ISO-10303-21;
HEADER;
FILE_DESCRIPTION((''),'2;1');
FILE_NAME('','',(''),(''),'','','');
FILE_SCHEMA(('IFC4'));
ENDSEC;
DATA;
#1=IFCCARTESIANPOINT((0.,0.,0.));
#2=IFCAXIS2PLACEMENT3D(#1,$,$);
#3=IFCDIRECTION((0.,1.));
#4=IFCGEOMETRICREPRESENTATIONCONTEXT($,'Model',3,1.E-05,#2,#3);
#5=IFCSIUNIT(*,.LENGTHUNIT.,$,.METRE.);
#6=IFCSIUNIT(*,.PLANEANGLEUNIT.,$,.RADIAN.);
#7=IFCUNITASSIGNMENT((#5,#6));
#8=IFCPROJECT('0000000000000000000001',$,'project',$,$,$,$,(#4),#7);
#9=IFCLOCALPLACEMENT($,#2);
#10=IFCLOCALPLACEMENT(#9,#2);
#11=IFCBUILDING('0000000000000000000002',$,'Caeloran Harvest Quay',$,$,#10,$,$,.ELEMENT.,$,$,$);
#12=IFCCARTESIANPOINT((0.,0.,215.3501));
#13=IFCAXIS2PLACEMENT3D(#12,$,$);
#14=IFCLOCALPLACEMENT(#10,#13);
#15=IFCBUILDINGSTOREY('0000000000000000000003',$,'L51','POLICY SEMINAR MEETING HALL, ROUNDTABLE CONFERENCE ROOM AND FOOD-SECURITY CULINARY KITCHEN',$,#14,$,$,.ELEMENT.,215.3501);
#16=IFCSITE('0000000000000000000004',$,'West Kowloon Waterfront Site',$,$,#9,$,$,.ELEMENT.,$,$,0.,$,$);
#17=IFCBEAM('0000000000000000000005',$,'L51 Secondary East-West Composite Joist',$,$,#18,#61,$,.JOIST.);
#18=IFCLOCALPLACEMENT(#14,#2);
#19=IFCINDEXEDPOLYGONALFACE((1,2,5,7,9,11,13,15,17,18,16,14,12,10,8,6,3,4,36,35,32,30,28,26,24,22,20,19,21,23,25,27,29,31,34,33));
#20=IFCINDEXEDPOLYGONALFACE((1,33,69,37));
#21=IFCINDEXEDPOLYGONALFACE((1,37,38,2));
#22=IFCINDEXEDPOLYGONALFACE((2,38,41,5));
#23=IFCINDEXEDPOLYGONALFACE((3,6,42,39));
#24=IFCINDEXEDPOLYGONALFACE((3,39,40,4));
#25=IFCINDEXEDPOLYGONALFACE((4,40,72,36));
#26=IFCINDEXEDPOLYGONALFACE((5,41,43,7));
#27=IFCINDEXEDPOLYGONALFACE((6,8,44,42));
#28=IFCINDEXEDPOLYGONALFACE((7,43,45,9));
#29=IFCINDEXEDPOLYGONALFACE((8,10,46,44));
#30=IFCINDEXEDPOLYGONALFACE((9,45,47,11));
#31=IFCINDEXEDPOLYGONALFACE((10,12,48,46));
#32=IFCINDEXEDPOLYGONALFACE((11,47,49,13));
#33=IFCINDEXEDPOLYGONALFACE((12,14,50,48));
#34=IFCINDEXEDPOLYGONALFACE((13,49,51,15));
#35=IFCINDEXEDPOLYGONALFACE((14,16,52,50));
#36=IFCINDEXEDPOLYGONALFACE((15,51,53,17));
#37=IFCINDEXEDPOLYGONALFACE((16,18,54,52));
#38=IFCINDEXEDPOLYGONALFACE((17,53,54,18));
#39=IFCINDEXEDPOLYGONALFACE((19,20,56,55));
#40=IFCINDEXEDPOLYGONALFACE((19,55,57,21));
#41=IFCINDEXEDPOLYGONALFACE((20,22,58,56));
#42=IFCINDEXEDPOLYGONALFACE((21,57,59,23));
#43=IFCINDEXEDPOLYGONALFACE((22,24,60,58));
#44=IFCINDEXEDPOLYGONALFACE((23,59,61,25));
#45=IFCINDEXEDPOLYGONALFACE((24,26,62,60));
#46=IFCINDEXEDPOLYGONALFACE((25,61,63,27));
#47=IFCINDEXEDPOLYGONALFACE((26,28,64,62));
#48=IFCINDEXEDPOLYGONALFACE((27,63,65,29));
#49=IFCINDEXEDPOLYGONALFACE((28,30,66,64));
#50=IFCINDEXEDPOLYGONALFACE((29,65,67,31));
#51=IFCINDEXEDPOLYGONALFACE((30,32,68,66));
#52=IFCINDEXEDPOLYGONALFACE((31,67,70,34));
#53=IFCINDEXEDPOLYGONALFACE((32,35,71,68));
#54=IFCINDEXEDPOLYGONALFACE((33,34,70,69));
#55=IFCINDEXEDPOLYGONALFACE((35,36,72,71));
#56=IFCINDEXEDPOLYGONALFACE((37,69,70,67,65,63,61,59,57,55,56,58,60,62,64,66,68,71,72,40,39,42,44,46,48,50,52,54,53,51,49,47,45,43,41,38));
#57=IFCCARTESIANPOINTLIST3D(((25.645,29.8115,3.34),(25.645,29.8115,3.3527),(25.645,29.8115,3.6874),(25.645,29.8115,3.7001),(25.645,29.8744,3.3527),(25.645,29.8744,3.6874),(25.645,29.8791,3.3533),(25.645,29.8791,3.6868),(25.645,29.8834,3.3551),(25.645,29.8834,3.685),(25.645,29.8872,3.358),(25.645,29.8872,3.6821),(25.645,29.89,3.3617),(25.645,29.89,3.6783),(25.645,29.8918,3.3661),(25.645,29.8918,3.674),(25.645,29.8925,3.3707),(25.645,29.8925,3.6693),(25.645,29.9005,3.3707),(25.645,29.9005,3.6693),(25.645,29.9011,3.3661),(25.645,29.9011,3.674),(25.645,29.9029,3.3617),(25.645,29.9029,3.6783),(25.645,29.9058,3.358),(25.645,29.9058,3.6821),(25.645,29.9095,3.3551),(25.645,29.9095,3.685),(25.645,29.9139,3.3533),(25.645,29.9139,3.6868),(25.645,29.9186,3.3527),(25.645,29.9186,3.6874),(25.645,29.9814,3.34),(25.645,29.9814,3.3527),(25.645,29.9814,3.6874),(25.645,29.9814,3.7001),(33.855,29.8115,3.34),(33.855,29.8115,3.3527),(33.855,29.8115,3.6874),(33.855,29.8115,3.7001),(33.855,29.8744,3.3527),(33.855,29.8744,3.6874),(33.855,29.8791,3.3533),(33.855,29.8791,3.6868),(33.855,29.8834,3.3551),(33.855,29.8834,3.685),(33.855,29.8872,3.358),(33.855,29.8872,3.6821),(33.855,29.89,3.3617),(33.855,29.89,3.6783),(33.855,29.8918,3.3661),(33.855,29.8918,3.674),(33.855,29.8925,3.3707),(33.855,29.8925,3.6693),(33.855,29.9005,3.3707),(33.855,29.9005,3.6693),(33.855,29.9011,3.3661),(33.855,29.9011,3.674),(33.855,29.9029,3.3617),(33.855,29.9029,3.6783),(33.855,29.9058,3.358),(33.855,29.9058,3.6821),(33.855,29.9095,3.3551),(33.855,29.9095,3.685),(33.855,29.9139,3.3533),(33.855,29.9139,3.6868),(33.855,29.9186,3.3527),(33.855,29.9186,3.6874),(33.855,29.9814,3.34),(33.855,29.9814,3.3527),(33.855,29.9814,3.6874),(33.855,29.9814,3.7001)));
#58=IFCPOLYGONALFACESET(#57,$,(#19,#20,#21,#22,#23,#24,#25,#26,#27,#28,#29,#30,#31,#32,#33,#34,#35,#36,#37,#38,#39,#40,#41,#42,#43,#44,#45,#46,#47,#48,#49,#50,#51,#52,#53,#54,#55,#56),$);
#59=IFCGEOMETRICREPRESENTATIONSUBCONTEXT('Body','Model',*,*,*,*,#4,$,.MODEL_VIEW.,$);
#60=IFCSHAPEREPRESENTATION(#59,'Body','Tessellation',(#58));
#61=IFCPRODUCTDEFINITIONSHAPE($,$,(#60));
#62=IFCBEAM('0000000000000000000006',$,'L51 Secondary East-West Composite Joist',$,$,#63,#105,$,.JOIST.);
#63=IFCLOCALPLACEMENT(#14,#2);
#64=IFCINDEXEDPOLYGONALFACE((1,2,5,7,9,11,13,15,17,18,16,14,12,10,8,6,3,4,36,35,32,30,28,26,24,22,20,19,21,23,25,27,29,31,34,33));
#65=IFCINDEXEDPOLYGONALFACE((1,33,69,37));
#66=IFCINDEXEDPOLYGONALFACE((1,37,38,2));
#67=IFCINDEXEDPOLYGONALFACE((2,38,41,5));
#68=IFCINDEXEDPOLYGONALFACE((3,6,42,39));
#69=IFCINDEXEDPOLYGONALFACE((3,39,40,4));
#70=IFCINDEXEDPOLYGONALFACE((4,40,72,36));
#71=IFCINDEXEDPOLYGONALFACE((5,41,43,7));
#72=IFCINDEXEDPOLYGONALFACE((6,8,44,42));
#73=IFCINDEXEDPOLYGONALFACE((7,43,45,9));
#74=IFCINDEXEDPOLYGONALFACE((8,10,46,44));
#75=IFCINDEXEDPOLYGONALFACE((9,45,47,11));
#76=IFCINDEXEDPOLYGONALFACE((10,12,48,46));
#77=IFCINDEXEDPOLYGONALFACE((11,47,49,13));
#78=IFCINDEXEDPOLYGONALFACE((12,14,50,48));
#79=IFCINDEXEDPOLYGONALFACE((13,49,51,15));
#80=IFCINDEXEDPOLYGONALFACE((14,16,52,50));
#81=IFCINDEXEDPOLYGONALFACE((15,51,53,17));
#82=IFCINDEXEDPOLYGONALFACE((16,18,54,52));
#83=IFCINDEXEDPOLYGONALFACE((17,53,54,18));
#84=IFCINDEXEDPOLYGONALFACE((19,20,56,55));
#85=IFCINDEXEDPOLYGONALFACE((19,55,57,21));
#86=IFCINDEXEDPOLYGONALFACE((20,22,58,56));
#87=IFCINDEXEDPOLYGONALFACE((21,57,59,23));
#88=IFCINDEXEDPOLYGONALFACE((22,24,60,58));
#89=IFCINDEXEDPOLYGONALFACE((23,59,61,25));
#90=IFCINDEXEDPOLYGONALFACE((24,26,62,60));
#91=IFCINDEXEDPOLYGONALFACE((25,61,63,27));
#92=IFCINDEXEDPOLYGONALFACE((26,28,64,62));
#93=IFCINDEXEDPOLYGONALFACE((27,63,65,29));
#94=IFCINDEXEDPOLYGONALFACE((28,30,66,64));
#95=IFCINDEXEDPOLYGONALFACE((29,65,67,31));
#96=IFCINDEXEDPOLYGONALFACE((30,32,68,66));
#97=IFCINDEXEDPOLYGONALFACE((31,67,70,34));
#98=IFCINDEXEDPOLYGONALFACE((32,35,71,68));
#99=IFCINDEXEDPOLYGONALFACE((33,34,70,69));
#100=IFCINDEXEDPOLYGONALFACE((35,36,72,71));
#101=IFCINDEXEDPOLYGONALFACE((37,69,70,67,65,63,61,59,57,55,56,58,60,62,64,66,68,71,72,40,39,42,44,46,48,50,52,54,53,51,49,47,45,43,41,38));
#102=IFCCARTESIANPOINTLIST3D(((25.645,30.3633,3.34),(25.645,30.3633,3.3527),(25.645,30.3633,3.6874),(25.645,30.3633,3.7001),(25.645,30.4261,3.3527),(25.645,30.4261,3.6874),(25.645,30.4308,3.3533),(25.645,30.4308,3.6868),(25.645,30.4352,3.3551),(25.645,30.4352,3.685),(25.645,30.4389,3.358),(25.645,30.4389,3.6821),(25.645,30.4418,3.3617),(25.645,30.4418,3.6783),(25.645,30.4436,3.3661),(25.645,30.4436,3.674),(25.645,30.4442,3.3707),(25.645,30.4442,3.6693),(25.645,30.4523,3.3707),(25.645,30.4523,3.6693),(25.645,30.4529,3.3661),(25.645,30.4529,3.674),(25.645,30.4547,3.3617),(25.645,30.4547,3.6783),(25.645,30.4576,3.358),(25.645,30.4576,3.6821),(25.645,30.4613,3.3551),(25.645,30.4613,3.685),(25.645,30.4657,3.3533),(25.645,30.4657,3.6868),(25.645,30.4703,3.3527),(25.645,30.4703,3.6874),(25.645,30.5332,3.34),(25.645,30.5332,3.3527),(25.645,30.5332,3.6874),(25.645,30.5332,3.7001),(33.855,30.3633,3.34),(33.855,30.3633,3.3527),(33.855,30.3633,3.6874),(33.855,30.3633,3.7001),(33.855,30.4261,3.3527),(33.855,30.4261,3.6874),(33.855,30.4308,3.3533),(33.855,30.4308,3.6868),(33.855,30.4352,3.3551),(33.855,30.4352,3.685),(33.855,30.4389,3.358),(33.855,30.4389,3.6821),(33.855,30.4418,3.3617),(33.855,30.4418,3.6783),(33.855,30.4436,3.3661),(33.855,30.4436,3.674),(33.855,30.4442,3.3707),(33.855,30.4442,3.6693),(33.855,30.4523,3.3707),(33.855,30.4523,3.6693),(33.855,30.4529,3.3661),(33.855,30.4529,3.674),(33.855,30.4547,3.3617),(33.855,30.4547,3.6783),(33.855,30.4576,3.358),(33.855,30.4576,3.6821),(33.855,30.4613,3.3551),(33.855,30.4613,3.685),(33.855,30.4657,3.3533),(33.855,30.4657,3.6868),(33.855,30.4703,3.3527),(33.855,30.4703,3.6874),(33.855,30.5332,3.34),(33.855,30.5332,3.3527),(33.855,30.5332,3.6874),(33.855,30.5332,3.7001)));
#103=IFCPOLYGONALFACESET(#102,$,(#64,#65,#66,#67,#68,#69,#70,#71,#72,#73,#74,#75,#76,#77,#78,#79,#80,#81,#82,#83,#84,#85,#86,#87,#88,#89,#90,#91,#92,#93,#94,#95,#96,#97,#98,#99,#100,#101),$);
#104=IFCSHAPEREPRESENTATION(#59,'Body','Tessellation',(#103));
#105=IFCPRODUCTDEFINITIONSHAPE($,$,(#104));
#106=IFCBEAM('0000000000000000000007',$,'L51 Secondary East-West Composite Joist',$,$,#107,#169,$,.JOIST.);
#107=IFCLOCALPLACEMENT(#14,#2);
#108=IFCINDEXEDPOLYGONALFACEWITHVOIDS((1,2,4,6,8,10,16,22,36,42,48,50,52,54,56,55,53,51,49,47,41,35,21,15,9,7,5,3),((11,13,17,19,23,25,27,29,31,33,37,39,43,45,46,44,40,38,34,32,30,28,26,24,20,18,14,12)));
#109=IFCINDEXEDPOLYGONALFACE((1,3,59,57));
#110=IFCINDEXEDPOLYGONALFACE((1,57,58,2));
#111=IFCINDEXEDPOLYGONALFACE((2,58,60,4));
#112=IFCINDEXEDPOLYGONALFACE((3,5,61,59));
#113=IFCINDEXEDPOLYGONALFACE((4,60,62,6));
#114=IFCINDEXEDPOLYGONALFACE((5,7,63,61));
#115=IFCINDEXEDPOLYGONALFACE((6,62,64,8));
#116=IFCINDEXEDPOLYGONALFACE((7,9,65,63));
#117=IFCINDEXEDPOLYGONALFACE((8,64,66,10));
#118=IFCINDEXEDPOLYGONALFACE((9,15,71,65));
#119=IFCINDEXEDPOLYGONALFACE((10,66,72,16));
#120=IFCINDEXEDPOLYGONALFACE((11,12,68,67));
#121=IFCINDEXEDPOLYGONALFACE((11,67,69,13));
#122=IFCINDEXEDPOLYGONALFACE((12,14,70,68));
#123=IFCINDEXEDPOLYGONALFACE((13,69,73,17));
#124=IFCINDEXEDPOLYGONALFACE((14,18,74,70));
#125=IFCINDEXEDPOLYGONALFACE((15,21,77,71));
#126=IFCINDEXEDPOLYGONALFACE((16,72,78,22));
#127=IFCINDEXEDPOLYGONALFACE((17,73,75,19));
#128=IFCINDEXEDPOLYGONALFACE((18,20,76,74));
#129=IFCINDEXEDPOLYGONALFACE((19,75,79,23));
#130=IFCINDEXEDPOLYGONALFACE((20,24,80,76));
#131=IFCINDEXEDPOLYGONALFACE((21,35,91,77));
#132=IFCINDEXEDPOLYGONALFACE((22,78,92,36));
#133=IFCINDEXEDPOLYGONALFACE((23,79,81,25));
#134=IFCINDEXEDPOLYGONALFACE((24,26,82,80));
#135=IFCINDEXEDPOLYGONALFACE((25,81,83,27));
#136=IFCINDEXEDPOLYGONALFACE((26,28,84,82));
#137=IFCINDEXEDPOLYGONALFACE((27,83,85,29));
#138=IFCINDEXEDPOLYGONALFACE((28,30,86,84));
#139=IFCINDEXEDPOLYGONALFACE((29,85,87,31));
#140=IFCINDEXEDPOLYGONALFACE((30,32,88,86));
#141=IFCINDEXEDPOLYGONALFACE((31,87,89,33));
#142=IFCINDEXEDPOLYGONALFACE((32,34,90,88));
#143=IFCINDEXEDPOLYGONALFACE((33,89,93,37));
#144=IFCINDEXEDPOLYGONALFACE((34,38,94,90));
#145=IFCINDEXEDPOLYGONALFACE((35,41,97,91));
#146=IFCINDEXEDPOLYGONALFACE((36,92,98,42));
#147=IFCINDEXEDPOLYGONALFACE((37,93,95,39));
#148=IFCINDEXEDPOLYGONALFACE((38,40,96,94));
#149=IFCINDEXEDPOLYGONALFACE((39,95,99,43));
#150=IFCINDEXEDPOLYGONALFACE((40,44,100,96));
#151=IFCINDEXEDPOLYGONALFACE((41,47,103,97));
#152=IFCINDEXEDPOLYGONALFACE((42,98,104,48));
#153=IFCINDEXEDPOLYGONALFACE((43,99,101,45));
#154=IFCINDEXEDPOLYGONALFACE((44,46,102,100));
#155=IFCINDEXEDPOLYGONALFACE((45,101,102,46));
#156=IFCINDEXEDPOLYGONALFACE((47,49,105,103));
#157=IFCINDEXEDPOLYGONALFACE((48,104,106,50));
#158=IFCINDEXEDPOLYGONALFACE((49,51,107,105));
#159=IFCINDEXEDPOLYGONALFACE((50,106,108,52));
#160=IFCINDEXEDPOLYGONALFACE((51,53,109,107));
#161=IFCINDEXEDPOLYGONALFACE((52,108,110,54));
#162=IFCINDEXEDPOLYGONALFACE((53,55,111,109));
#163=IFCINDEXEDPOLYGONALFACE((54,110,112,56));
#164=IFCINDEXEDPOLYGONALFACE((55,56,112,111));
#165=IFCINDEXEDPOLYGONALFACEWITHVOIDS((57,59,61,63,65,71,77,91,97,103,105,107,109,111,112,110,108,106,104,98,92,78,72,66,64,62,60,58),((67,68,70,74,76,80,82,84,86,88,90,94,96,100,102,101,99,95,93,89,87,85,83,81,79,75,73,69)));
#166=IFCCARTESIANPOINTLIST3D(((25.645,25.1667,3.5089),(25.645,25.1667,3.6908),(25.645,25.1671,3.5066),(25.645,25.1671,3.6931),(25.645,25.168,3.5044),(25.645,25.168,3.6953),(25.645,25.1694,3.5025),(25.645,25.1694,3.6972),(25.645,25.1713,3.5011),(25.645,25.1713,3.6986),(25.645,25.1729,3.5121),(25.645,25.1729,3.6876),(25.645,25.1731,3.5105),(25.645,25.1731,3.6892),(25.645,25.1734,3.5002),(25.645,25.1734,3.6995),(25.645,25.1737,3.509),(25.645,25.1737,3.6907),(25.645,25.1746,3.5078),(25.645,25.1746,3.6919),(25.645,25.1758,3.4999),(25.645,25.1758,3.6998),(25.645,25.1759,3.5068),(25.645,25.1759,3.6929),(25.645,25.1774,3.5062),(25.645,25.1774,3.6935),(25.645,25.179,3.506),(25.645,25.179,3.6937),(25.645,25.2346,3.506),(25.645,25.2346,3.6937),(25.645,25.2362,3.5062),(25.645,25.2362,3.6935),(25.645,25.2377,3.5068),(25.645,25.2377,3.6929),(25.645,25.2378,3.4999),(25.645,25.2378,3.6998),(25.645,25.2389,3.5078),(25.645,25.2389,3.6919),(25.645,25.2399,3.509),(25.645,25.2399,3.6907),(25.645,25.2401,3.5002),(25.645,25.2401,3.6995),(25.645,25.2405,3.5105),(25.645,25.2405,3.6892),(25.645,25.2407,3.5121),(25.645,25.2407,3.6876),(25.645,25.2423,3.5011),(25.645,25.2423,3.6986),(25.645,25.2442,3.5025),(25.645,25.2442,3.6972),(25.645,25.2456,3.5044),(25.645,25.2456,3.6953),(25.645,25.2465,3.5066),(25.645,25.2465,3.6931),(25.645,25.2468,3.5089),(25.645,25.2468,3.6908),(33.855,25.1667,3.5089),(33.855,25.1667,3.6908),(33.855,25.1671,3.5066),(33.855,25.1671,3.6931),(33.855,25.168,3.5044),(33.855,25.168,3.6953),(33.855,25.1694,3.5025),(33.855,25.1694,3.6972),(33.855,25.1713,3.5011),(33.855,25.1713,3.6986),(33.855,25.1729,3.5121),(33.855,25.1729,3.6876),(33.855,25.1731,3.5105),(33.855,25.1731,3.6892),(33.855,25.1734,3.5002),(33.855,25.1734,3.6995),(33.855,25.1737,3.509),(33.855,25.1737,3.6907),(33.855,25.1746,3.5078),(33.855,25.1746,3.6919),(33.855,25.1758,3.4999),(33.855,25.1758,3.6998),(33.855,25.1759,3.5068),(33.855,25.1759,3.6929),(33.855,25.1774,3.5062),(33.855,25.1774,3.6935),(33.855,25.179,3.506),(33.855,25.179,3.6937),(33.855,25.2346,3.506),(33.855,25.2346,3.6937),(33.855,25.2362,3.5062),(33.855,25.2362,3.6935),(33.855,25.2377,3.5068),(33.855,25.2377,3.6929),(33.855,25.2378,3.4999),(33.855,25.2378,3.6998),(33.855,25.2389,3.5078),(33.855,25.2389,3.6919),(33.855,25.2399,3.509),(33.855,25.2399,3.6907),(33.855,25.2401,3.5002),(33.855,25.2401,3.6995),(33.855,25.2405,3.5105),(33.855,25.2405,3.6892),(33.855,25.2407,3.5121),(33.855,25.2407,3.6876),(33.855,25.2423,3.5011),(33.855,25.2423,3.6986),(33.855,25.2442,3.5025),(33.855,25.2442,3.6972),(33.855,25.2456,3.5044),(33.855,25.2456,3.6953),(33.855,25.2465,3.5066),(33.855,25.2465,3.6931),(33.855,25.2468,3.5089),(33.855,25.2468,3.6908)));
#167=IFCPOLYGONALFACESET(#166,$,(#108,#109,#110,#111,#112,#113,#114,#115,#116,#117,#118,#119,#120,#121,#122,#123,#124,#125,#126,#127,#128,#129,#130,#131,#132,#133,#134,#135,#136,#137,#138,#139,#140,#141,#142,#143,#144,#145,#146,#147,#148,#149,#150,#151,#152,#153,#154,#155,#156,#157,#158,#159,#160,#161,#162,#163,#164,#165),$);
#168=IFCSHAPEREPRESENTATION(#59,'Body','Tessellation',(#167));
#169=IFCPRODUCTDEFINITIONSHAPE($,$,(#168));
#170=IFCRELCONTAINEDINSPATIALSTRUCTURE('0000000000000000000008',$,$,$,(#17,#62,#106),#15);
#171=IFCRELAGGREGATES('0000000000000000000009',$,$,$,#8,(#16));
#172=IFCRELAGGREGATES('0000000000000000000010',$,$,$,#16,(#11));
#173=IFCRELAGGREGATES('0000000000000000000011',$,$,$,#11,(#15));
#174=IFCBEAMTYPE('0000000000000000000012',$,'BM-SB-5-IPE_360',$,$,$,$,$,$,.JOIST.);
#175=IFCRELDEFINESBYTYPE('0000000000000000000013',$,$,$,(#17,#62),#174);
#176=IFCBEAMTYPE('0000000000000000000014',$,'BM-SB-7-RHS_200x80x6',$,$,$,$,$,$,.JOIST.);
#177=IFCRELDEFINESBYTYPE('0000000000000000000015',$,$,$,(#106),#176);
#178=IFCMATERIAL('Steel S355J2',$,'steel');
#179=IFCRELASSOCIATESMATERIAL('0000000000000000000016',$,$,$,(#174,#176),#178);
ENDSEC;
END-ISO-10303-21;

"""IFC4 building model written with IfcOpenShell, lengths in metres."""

from ifc_helpers import new_model, si_unit, direction, frame, origin, origin_2d, place, context, subcontext, project, spatial, hollow_rectangle, i_section, extrude, material, material_profile, profile_set, type_object, element, save


model = new_model("IFC4")

# Units and contexts
model_context = context("Model", 3, precision=1e-05, world=origin(), true_north=direction((0.0, 1.0)))
body_context = subcontext(model_context, "Body", "Model", "MODEL_VIEW")
ifc_project = project(units=[si_unit("LENGTHUNIT", "METRE"), si_unit("PLANEANGLEUNIT", "RADIAN")], contexts=[model_context])

# Site, building, storey
site_placement = place(None, origin())
site = spatial("IfcSite", under=ifc_project, at=site_placement, Name="West Kowloon Waterfront Site", CompositionType="ELEMENT", RefElevation=0.0)
building_placement = place(site_placement, origin())
building = spatial("IfcBuilding", under=site, at=building_placement, Name="Caeloran Harvest Quay", CompositionType="ELEMENT")
storey_placement = place(building_placement, frame((0.0, 0.0, 215.3501)))
storey = spatial("IfcBuildingStorey", under=building, at=storey_placement, Name="L51", Description="POLICY SEMINAR MEETING HALL, ROUNDTABLE CONFERENCE ROOM AND FOOD-SECURITY CULINARY KITCHEN", CompositionType="ELEMENT", Elevation=215.3501)

# Beams
ifc_material_1 = material(Name="Steel S355J2", Category="steel")
ifc_material_profile_1 = material_profile(ifc_material_1, i_section(OverallWidth=0.1699, OverallDepth=0.3601, WebThickness=0.0081, FlangeThickness=0.0127, FilletRadius=0.0181, at=origin_2d()), Name="IPE 360")
ifc_profile_set_1 = profile_set([ifc_material_profile_1], Name="Steel S355J2")
beam_type_1 = type_object("IfcBeamType", Name="BM-SB-5-IPE_360", PredefinedType="JOIST", material=ifc_profile_set_1)
for number, where, z_axis, x_axis, name in (
    (1, (25.645, 29.8965, 3.52), (1.0, 0.0, 0.0), (0.0, 1.0, 0.0), "L51 Secondary East-West Composite Joist"),
    (2, (25.645, 30.4482, 3.52), (1.0, 0.0, 0.0), (0.0, 1.0, 0.0), "L51 Secondary East-West Composite Joist"),
):
    element("IfcBeam", number, at=place(storey_placement, frame(where, z_axis=z_axis, x_axis=x_axis)), inside=storey, type_object=beam_type_1, Name=name, PredefinedType="JOIST", context=body_context, shape_type="SweptSolid", body=[
        extrude(i_section(OverallWidth=0.1699, OverallDepth=0.3601, WebThickness=0.0081, FlangeThickness=0.0127, FilletRadius=0.0181, at=origin_2d()), origin(), (0.0, 0.0, 1.0), 8.21),
    ])
ifc_material_profile_2 = material_profile(ifc_material_1, hollow_rectangle(XDim=0.0801, YDim=0.2, WallThickness=0.0061, InnerFilletRadius=0.0061, OuterFilletRadius=0.009, at=origin_2d()), Name="RHS 200x80x6")
ifc_profile_set_2 = profile_set([ifc_material_profile_2], Name="Steel S355J2")
beam_type_2 = type_object("IfcBeamType", Name="BM-SB-7-RHS_200x80x6", PredefinedType="JOIST", material=ifc_profile_set_2)
for number, where, z_axis, x_axis, name in (
    (3, (25.645, 25.2068, 3.5999), (1.0, 0.0, 0.0), (0.0, 1.0, 0.0), "L51 Secondary East-West Composite Joist"),
):
    element("IfcBeam", number, at=place(storey_placement, frame(where, z_axis=z_axis, x_axis=x_axis)), inside=storey, type_object=beam_type_2, Name=name, PredefinedType="JOIST", context=body_context, shape_type="SweptSolid", body=[
        extrude(hollow_rectangle(XDim=0.0801, YDim=0.2, WallThickness=0.0061, InnerFilletRadius=0.0061, OuterFilletRadius=0.009, at=origin_2d()), origin(), (0.0, 0.0, 1.0), 8.21),
    ])

save(model, "model.ifc")
